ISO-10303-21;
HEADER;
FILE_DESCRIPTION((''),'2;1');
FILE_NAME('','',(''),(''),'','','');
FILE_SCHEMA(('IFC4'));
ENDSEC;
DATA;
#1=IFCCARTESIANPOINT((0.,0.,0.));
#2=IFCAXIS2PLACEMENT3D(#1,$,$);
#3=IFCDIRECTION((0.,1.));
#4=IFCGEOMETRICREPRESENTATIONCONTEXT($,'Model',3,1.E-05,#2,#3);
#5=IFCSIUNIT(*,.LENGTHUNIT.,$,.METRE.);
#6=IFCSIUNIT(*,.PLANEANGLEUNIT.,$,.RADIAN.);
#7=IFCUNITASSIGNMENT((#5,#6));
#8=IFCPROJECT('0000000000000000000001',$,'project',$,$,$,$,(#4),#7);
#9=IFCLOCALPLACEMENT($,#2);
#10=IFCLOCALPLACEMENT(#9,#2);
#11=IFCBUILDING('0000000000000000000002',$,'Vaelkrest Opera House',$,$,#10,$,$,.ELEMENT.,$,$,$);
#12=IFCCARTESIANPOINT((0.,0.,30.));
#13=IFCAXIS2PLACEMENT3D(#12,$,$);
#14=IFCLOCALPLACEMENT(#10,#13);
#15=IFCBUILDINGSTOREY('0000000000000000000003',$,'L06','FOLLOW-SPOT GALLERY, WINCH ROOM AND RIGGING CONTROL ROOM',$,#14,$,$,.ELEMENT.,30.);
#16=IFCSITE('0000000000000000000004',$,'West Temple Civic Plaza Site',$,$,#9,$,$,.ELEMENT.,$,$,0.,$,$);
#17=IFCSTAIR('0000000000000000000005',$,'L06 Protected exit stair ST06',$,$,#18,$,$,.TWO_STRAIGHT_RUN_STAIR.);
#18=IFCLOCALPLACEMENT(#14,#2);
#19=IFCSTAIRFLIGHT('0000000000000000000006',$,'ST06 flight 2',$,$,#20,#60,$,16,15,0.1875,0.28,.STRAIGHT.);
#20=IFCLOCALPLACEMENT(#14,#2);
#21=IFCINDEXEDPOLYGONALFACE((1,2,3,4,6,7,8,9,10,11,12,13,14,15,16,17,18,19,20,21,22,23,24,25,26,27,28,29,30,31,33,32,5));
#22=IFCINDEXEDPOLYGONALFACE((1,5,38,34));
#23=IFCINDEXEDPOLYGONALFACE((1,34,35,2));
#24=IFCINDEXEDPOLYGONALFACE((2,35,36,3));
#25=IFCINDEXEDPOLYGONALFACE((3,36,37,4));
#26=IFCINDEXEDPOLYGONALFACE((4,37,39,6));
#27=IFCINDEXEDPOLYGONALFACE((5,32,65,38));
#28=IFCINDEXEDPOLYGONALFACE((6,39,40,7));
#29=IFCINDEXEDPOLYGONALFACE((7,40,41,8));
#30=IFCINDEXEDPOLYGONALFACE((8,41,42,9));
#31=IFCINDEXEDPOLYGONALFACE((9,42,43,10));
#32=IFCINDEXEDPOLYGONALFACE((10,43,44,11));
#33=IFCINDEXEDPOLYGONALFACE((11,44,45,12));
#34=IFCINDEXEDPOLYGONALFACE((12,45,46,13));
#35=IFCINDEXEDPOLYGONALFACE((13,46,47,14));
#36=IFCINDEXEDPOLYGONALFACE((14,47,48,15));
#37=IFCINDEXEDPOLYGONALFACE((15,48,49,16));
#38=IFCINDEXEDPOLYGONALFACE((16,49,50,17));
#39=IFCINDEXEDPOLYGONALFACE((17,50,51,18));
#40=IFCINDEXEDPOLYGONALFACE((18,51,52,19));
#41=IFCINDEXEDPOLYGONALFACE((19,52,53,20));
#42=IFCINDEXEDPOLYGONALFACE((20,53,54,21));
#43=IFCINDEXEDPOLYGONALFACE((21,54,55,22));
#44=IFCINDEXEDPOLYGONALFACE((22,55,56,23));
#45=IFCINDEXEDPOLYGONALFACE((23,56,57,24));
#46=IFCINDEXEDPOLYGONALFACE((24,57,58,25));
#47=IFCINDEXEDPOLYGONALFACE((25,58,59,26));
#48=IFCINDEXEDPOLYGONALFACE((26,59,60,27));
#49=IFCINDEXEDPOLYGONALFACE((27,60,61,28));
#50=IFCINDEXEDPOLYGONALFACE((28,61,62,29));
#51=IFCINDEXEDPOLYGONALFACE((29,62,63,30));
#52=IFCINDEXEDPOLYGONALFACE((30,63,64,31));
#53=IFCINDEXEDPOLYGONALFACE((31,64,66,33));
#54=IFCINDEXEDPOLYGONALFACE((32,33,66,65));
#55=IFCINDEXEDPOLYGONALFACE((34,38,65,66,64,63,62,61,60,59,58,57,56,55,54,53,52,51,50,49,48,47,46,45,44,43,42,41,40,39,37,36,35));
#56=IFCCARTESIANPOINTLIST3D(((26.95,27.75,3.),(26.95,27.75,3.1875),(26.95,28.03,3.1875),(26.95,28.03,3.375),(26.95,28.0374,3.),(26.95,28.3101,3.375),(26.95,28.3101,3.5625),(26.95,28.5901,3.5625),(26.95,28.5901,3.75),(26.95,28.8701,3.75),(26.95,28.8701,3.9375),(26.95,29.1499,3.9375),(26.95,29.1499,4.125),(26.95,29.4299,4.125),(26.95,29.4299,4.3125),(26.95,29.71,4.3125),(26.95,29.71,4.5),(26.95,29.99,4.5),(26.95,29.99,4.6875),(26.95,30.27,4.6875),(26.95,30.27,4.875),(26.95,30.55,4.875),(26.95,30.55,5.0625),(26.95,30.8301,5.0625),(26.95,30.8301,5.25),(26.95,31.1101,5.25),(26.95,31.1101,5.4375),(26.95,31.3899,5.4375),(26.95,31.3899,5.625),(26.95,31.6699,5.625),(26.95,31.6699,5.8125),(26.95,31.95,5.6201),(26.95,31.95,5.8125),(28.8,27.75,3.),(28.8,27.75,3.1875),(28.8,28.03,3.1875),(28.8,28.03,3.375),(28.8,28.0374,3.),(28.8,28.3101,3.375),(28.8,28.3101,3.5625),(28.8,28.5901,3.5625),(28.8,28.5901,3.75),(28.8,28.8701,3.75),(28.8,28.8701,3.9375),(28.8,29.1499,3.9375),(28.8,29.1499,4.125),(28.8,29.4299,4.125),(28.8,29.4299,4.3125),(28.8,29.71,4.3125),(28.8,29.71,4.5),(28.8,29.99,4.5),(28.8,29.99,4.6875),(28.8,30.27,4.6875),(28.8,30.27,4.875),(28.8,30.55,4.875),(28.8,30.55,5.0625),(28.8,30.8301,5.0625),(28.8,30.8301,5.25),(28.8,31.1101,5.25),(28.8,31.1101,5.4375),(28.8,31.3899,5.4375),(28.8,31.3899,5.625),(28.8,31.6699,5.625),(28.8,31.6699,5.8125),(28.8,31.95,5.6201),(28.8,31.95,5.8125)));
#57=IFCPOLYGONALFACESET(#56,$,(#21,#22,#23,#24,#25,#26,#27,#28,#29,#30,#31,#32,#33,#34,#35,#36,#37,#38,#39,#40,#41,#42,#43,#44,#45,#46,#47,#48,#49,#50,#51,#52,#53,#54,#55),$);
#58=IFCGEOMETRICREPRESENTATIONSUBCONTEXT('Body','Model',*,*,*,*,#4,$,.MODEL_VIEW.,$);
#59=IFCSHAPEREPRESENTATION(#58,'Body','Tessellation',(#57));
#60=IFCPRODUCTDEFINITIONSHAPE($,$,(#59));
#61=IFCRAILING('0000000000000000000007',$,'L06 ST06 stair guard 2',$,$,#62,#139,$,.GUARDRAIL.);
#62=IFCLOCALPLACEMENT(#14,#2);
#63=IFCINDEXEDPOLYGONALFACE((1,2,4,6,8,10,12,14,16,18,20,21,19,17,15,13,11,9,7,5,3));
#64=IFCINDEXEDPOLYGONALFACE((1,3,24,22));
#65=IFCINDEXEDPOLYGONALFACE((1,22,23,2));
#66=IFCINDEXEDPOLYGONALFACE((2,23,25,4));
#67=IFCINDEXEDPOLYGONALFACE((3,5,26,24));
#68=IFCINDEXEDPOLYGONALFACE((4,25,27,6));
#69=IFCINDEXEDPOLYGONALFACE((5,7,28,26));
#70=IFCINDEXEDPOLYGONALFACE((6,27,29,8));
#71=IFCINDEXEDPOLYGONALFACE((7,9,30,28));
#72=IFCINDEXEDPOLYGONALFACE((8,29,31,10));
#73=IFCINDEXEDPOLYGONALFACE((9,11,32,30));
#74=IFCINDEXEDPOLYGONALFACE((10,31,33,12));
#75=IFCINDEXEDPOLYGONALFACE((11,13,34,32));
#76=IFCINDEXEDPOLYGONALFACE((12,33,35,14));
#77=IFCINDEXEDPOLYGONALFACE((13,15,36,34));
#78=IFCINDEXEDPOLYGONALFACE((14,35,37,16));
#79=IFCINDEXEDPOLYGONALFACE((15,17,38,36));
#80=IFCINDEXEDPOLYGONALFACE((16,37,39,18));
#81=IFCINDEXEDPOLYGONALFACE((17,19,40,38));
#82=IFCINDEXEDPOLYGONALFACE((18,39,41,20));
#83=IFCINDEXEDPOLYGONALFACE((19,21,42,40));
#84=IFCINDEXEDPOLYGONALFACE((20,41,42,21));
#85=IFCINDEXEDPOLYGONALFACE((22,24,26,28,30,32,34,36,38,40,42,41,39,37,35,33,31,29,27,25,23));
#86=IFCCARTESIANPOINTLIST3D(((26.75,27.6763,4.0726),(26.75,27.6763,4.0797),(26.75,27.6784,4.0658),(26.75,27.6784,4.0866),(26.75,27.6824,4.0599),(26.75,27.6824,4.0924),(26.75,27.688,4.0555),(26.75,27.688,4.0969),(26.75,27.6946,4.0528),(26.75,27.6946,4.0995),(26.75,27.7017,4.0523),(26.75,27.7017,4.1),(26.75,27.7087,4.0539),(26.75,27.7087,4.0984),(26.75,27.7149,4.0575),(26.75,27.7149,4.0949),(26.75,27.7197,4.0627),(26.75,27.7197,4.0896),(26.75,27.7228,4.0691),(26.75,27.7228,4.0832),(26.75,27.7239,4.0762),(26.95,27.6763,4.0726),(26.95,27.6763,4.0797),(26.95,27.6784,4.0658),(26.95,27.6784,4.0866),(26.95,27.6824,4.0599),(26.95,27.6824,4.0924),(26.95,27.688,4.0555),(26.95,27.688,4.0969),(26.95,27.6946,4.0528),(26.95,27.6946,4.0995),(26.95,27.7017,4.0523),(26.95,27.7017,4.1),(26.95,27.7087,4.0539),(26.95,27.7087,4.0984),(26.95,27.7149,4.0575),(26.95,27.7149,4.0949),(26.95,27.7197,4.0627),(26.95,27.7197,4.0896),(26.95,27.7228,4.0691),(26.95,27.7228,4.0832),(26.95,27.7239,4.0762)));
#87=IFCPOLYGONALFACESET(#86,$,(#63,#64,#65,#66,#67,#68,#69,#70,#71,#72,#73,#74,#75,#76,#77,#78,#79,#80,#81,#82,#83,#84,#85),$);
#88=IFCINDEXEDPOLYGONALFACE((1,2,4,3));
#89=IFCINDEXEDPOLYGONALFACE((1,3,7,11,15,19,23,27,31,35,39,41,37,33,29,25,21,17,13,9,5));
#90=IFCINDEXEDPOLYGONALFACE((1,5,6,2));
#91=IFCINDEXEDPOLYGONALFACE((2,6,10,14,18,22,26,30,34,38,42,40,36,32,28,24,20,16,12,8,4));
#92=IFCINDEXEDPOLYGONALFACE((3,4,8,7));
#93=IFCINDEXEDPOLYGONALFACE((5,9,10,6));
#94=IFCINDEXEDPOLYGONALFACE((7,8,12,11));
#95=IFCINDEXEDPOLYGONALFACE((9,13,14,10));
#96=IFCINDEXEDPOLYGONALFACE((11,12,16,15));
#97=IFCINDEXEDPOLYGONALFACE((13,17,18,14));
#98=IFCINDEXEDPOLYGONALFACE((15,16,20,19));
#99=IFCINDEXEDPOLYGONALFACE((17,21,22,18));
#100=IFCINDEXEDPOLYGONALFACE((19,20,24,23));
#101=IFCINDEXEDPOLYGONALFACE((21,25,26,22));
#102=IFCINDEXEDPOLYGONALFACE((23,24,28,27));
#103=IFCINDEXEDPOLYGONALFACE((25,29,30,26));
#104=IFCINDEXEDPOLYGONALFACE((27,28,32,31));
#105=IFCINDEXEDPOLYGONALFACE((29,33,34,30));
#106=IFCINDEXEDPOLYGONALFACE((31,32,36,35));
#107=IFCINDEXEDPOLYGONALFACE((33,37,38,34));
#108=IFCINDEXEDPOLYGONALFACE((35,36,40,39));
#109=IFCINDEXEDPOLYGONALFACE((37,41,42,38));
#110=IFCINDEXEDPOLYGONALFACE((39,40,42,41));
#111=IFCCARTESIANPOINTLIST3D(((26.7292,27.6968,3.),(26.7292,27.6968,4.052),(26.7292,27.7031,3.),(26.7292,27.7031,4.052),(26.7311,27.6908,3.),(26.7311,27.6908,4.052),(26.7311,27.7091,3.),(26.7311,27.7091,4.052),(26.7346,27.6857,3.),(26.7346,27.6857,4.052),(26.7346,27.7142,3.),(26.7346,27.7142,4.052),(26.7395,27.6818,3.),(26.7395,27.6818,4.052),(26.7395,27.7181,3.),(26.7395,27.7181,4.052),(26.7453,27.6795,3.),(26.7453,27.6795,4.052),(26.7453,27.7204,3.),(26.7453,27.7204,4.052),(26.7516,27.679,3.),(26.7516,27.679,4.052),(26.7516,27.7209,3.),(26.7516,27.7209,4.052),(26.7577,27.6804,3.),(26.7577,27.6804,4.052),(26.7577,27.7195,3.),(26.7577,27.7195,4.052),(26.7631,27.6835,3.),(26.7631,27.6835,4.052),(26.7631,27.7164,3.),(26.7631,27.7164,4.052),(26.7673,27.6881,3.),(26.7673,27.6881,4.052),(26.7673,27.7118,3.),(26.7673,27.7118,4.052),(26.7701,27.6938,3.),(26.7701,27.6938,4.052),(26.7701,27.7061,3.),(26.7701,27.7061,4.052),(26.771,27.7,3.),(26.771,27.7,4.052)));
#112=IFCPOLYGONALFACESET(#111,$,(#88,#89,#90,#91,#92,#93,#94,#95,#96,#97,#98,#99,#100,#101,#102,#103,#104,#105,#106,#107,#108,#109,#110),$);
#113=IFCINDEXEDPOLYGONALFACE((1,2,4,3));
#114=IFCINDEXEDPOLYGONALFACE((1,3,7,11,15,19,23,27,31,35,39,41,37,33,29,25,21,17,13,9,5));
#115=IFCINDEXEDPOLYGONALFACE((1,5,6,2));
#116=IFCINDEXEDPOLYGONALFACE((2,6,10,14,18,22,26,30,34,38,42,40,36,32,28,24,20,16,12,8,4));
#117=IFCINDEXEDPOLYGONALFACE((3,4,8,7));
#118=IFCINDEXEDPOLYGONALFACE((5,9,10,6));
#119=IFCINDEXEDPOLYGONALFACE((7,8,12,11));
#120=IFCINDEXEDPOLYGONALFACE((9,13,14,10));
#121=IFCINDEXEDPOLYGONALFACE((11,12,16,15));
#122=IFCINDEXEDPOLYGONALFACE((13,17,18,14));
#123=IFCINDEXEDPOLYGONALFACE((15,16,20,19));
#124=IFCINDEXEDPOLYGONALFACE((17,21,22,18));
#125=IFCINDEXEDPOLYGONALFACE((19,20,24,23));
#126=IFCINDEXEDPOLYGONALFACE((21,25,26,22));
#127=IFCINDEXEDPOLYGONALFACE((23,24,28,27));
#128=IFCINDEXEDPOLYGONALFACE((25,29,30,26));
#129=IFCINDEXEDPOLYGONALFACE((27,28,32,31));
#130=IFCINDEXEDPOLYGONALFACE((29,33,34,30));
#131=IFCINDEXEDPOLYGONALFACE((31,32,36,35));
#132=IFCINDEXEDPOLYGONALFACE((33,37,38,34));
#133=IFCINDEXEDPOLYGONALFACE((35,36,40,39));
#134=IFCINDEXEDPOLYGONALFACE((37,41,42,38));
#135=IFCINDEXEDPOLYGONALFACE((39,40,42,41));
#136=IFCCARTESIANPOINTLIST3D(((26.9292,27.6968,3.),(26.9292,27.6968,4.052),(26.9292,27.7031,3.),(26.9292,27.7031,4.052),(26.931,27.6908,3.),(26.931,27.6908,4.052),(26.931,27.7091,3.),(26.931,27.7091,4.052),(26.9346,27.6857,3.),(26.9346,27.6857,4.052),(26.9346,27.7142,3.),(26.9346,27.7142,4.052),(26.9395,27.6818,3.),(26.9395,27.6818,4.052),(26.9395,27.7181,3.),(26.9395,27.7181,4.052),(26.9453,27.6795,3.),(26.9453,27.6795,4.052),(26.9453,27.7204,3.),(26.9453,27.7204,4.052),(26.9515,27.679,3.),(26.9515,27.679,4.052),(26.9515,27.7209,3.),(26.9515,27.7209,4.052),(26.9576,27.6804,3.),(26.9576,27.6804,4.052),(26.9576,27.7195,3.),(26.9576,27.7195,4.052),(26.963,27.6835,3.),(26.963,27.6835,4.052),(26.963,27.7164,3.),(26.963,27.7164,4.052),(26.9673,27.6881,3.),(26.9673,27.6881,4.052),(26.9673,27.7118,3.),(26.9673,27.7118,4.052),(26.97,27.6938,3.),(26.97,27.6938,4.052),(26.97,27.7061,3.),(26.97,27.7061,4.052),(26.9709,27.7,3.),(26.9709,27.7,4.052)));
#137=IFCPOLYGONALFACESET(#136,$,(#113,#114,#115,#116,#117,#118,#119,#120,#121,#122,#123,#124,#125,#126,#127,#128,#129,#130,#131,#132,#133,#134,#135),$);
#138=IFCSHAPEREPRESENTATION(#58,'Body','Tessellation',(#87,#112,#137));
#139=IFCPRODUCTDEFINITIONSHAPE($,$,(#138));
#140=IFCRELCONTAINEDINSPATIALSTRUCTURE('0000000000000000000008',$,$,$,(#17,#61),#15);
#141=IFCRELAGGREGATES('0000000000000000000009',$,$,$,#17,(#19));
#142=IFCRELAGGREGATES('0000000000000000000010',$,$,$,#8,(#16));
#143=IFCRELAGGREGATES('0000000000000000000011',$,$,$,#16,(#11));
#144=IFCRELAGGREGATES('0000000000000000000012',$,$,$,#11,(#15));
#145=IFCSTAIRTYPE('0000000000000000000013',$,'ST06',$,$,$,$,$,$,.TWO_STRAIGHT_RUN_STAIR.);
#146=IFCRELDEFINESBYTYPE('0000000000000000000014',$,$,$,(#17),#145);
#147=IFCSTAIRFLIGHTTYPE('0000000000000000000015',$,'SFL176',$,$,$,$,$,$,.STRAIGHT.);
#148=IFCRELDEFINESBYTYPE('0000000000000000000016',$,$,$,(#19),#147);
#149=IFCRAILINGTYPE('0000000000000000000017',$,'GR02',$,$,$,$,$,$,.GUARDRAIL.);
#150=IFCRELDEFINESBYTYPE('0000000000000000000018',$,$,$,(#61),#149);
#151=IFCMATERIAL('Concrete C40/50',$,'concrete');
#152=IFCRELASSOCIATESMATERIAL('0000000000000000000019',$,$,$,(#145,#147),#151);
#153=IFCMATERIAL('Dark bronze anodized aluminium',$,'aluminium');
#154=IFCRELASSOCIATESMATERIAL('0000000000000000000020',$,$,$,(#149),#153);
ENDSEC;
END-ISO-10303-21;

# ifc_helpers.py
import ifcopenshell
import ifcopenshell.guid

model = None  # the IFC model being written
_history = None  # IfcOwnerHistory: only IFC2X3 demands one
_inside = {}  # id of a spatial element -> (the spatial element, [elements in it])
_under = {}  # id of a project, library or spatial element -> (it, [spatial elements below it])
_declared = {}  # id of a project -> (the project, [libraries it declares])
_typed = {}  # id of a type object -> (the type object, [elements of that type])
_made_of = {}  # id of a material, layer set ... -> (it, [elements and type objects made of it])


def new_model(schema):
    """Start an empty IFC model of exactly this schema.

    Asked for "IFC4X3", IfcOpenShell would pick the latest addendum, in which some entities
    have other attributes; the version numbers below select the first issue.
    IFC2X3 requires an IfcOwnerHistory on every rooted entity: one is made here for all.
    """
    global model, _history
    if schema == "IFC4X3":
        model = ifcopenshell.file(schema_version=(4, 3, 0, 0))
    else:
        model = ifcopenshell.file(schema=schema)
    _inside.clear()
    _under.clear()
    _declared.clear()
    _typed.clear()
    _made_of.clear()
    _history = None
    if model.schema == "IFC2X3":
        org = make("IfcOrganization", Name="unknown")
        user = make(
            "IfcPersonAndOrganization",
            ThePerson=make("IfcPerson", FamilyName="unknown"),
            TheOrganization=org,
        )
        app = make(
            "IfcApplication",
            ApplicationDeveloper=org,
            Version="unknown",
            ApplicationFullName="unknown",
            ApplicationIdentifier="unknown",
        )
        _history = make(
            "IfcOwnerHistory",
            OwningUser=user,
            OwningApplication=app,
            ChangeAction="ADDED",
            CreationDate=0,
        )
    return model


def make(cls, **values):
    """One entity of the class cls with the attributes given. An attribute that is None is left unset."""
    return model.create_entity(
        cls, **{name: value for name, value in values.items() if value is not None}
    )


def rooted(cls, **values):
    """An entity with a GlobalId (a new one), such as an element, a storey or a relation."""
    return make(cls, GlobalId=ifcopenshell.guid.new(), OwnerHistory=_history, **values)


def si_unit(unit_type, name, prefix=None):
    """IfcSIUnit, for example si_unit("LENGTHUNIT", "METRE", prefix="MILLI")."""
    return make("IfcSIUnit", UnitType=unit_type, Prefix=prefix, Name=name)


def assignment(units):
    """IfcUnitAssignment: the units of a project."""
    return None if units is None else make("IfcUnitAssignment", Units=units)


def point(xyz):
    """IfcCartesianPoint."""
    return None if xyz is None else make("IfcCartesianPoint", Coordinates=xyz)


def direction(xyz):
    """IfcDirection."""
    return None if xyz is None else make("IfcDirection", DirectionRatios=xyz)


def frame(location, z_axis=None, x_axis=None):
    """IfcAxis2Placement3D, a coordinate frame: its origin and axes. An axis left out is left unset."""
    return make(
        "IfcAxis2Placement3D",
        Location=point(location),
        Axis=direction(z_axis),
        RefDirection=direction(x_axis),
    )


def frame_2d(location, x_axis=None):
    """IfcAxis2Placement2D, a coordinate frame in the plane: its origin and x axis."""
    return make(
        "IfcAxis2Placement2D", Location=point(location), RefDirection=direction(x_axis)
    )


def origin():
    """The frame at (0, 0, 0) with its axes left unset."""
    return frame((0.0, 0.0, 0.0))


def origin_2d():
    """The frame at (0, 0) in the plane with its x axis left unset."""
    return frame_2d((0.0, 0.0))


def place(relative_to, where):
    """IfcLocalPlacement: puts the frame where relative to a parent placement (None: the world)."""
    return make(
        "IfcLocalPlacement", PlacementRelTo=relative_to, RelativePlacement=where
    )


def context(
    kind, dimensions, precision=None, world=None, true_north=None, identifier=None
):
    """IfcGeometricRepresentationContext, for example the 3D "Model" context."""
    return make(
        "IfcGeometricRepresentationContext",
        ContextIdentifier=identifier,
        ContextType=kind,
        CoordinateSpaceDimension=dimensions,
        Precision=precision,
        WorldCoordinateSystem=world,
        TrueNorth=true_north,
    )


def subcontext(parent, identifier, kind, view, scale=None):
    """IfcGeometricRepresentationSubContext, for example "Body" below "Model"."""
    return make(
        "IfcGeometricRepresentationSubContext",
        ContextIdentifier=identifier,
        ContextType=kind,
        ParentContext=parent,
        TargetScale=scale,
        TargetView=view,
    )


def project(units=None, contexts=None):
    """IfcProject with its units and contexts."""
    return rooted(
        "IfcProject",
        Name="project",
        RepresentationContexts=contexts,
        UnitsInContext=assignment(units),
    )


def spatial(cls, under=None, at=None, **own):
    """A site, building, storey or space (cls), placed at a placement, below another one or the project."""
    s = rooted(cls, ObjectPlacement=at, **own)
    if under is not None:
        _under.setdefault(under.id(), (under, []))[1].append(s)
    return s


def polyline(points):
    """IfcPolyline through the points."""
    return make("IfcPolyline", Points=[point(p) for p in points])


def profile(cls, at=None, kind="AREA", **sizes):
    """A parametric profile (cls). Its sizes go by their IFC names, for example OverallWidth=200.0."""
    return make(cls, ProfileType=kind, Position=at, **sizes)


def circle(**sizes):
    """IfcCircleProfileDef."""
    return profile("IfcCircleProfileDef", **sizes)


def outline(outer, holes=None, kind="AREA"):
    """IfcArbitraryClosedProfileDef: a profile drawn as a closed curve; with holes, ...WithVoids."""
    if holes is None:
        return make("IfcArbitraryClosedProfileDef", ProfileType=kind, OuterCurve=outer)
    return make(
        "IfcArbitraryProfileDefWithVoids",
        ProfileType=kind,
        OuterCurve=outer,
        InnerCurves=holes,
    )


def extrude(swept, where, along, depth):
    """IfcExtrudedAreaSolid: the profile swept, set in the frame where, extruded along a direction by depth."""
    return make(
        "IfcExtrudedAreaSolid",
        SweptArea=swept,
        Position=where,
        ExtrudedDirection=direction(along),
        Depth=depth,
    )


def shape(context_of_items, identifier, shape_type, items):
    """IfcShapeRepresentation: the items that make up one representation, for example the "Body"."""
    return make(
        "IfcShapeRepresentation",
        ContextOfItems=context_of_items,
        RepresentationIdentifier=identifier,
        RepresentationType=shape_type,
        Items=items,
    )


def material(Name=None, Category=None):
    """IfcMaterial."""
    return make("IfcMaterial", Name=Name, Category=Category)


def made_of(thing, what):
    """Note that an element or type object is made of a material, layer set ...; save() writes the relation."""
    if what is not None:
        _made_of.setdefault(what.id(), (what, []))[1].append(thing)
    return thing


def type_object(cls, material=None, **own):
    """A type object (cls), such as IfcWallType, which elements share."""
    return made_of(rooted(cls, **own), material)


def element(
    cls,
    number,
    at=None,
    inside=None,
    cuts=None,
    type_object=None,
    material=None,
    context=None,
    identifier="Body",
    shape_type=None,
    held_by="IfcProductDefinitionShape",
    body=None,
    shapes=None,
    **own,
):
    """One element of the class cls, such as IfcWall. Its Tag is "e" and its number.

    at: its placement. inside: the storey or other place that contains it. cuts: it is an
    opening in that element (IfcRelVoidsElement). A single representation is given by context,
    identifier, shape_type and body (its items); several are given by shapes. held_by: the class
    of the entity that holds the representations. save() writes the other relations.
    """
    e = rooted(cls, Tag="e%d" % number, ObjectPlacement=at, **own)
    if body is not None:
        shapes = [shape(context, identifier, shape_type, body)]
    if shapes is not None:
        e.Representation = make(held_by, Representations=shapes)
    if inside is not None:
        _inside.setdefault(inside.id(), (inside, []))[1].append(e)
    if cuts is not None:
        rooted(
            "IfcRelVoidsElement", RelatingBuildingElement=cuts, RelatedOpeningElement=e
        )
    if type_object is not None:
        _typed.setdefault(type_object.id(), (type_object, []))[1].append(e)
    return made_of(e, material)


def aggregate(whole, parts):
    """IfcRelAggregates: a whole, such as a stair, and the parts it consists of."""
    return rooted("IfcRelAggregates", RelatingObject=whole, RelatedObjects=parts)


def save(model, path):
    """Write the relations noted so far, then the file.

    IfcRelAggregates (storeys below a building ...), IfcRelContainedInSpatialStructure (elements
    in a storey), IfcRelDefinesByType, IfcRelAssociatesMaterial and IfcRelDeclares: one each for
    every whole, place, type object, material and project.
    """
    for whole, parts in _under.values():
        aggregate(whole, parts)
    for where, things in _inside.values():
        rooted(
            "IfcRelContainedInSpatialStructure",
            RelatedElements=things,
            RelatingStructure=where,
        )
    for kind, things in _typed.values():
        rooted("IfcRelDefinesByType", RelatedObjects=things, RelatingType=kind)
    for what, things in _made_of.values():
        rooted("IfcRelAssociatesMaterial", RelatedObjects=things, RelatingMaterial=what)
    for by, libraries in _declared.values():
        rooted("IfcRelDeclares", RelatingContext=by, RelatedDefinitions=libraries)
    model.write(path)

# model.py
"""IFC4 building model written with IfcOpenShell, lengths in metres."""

from ifc_helpers import new_model, si_unit, direction, frame, origin, origin_2d, place, context, subcontext, project, spatial, polyline, circle, outline, extrude, material, type_object, element, aggregate, save


model = new_model("IFC4")

# Units and contexts
model_context = context("Model", 3, precision=1e-05, world=origin(), true_north=direction((0.0, 1.0)))
body_context = subcontext(model_context, "Body", "Model", "MODEL_VIEW")
ifc_project = project(units=[si_unit("LENGTHUNIT", "METRE"), si_unit("PLANEANGLEUNIT", "RADIAN")], contexts=[model_context])

# Site, building, storey
site_placement = place(None, origin())
site = spatial("IfcSite", under=ifc_project, at=site_placement, Name="West Temple Civic Plaza Site", CompositionType="ELEMENT", RefElevation=0.0)
building_placement = place(site_placement, origin())
building = spatial("IfcBuilding", under=site, at=building_placement, Name="Vaelkrest Opera House", CompositionType="ELEMENT")
storey_placement = place(building_placement, frame((0.0, 0.0, 30.0)))
storey = spatial("IfcBuildingStorey", under=building, at=storey_placement, Name="L06", Description="FOLLOW-SPOT GALLERY, WINCH ROOM AND RIGGING CONTROL ROOM", CompositionType="ELEMENT", Elevation=30.0)

# Stair, stair flight
ifc_material_1 = material(Name="Concrete C40/50", Category="concrete")
stair_type = type_object("IfcStairType", Name="ST06", PredefinedType="TWO_STRAIGHT_RUN_STAIR", material=ifc_material_1)
stair_placement = place(storey_placement, origin())
stair = element("IfcStair", 1, at=stair_placement, inside=storey, type_object=stair_type, Name="L06 Protected exit stair ST06", PredefinedType="TWO_STRAIGHT_RUN_STAIR")
stair_flight_type = type_object("IfcStairFlightType", Name="SFL176", PredefinedType="STRAIGHT", material=ifc_material_1)
stair_flight_1_placement = place(storey_placement, frame((27.875, 27.75, 3.0), z_axis=(0.0, 0.0, 1.0), x_axis=(0.0, 1.0, 0.0)))
stair_flight_1 = element("IfcStairFlight", 2, at=stair_flight_1_placement, type_object=stair_flight_type, Name="ST06 flight 2", NumberOfRisers=16, NumberOfTreads=15, PredefinedType="STRAIGHT", RiserHeight=0.1875, TreadLength=0.28, context=body_context, shape_type="SweptSolid", body=[
    extrude(outline(polyline([(0.0, 0.0), (0.0, 0.1875), (0.28, 0.1875), (0.28, 0.375), (0.5601, 0.375), (0.5601, 0.5625), (0.8401, 0.5625), (0.8401, 0.75), (1.1201, 0.75), (1.1201, 0.9375), (1.3999, 0.9375), (1.3999, 1.125), (1.6799, 1.125), (1.6799, 1.3125), (1.96, 1.3125), (1.96, 1.5), (2.24, 1.5), (2.24, 1.6875), (2.52, 1.6875), (2.52, 1.875), (2.8, 1.875), (2.8, 2.0625), (3.0801, 2.0625), (3.0801, 2.25), (3.3601, 2.25), (3.3601, 2.4375), (3.6399, 2.4375), (3.6399, 2.625), (3.9199, 2.625), (3.9199, 2.8125), (4.2, 2.8125), (4.2, 3.0), (4.2, 2.6201), (0.2874, 0.0), (0.0, 0.0)])), frame((0.0, 0.925, 0.0), z_axis=(0.0, -1.0, 0.0), x_axis=(1.0, 0.0, 0.0)), (0.0, 0.0, 1.0), 1.8501),
])
aggregate(stair, [stair_flight_1])

# Railing
ifc_material_2 = material(Name="Dark bronze anodized aluminium", Category="aluminium")
railing_type_1 = type_object("IfcRailingType", Name="GR02", PredefinedType="GUARDRAIL", material=ifc_material_2)
railing_1_placement = place(storey_placement, frame((26.75, 27.7, 3.0)))
element("IfcRailing", 3, at=railing_1_placement, inside=storey, type_object=railing_type_1, Name="L06 ST06 stair guard 2", PredefinedType="GUARDRAIL", context=body_context, shape_type="SweptSolid", body=[
    extrude(circle(Radius=0.0239, at=origin_2d()), frame((0.0, 0.0, 1.0762), z_axis=(1.0, 0.0, 0.0), x_axis=(0.0, 1.0, 0.0)), (0.0, 0.0, 1.0), 0.2),
    extrude(circle(Radius=0.021, at=origin_2d()), origin(), (0.0, 0.0, 1.0), 1.052),
    extrude(circle(Radius=0.021, at=origin_2d()), frame((0.2, 0.0, 0.0)), (0.0, 0.0, 1.0), 1.052),
])

save(model, "model.ifc")
